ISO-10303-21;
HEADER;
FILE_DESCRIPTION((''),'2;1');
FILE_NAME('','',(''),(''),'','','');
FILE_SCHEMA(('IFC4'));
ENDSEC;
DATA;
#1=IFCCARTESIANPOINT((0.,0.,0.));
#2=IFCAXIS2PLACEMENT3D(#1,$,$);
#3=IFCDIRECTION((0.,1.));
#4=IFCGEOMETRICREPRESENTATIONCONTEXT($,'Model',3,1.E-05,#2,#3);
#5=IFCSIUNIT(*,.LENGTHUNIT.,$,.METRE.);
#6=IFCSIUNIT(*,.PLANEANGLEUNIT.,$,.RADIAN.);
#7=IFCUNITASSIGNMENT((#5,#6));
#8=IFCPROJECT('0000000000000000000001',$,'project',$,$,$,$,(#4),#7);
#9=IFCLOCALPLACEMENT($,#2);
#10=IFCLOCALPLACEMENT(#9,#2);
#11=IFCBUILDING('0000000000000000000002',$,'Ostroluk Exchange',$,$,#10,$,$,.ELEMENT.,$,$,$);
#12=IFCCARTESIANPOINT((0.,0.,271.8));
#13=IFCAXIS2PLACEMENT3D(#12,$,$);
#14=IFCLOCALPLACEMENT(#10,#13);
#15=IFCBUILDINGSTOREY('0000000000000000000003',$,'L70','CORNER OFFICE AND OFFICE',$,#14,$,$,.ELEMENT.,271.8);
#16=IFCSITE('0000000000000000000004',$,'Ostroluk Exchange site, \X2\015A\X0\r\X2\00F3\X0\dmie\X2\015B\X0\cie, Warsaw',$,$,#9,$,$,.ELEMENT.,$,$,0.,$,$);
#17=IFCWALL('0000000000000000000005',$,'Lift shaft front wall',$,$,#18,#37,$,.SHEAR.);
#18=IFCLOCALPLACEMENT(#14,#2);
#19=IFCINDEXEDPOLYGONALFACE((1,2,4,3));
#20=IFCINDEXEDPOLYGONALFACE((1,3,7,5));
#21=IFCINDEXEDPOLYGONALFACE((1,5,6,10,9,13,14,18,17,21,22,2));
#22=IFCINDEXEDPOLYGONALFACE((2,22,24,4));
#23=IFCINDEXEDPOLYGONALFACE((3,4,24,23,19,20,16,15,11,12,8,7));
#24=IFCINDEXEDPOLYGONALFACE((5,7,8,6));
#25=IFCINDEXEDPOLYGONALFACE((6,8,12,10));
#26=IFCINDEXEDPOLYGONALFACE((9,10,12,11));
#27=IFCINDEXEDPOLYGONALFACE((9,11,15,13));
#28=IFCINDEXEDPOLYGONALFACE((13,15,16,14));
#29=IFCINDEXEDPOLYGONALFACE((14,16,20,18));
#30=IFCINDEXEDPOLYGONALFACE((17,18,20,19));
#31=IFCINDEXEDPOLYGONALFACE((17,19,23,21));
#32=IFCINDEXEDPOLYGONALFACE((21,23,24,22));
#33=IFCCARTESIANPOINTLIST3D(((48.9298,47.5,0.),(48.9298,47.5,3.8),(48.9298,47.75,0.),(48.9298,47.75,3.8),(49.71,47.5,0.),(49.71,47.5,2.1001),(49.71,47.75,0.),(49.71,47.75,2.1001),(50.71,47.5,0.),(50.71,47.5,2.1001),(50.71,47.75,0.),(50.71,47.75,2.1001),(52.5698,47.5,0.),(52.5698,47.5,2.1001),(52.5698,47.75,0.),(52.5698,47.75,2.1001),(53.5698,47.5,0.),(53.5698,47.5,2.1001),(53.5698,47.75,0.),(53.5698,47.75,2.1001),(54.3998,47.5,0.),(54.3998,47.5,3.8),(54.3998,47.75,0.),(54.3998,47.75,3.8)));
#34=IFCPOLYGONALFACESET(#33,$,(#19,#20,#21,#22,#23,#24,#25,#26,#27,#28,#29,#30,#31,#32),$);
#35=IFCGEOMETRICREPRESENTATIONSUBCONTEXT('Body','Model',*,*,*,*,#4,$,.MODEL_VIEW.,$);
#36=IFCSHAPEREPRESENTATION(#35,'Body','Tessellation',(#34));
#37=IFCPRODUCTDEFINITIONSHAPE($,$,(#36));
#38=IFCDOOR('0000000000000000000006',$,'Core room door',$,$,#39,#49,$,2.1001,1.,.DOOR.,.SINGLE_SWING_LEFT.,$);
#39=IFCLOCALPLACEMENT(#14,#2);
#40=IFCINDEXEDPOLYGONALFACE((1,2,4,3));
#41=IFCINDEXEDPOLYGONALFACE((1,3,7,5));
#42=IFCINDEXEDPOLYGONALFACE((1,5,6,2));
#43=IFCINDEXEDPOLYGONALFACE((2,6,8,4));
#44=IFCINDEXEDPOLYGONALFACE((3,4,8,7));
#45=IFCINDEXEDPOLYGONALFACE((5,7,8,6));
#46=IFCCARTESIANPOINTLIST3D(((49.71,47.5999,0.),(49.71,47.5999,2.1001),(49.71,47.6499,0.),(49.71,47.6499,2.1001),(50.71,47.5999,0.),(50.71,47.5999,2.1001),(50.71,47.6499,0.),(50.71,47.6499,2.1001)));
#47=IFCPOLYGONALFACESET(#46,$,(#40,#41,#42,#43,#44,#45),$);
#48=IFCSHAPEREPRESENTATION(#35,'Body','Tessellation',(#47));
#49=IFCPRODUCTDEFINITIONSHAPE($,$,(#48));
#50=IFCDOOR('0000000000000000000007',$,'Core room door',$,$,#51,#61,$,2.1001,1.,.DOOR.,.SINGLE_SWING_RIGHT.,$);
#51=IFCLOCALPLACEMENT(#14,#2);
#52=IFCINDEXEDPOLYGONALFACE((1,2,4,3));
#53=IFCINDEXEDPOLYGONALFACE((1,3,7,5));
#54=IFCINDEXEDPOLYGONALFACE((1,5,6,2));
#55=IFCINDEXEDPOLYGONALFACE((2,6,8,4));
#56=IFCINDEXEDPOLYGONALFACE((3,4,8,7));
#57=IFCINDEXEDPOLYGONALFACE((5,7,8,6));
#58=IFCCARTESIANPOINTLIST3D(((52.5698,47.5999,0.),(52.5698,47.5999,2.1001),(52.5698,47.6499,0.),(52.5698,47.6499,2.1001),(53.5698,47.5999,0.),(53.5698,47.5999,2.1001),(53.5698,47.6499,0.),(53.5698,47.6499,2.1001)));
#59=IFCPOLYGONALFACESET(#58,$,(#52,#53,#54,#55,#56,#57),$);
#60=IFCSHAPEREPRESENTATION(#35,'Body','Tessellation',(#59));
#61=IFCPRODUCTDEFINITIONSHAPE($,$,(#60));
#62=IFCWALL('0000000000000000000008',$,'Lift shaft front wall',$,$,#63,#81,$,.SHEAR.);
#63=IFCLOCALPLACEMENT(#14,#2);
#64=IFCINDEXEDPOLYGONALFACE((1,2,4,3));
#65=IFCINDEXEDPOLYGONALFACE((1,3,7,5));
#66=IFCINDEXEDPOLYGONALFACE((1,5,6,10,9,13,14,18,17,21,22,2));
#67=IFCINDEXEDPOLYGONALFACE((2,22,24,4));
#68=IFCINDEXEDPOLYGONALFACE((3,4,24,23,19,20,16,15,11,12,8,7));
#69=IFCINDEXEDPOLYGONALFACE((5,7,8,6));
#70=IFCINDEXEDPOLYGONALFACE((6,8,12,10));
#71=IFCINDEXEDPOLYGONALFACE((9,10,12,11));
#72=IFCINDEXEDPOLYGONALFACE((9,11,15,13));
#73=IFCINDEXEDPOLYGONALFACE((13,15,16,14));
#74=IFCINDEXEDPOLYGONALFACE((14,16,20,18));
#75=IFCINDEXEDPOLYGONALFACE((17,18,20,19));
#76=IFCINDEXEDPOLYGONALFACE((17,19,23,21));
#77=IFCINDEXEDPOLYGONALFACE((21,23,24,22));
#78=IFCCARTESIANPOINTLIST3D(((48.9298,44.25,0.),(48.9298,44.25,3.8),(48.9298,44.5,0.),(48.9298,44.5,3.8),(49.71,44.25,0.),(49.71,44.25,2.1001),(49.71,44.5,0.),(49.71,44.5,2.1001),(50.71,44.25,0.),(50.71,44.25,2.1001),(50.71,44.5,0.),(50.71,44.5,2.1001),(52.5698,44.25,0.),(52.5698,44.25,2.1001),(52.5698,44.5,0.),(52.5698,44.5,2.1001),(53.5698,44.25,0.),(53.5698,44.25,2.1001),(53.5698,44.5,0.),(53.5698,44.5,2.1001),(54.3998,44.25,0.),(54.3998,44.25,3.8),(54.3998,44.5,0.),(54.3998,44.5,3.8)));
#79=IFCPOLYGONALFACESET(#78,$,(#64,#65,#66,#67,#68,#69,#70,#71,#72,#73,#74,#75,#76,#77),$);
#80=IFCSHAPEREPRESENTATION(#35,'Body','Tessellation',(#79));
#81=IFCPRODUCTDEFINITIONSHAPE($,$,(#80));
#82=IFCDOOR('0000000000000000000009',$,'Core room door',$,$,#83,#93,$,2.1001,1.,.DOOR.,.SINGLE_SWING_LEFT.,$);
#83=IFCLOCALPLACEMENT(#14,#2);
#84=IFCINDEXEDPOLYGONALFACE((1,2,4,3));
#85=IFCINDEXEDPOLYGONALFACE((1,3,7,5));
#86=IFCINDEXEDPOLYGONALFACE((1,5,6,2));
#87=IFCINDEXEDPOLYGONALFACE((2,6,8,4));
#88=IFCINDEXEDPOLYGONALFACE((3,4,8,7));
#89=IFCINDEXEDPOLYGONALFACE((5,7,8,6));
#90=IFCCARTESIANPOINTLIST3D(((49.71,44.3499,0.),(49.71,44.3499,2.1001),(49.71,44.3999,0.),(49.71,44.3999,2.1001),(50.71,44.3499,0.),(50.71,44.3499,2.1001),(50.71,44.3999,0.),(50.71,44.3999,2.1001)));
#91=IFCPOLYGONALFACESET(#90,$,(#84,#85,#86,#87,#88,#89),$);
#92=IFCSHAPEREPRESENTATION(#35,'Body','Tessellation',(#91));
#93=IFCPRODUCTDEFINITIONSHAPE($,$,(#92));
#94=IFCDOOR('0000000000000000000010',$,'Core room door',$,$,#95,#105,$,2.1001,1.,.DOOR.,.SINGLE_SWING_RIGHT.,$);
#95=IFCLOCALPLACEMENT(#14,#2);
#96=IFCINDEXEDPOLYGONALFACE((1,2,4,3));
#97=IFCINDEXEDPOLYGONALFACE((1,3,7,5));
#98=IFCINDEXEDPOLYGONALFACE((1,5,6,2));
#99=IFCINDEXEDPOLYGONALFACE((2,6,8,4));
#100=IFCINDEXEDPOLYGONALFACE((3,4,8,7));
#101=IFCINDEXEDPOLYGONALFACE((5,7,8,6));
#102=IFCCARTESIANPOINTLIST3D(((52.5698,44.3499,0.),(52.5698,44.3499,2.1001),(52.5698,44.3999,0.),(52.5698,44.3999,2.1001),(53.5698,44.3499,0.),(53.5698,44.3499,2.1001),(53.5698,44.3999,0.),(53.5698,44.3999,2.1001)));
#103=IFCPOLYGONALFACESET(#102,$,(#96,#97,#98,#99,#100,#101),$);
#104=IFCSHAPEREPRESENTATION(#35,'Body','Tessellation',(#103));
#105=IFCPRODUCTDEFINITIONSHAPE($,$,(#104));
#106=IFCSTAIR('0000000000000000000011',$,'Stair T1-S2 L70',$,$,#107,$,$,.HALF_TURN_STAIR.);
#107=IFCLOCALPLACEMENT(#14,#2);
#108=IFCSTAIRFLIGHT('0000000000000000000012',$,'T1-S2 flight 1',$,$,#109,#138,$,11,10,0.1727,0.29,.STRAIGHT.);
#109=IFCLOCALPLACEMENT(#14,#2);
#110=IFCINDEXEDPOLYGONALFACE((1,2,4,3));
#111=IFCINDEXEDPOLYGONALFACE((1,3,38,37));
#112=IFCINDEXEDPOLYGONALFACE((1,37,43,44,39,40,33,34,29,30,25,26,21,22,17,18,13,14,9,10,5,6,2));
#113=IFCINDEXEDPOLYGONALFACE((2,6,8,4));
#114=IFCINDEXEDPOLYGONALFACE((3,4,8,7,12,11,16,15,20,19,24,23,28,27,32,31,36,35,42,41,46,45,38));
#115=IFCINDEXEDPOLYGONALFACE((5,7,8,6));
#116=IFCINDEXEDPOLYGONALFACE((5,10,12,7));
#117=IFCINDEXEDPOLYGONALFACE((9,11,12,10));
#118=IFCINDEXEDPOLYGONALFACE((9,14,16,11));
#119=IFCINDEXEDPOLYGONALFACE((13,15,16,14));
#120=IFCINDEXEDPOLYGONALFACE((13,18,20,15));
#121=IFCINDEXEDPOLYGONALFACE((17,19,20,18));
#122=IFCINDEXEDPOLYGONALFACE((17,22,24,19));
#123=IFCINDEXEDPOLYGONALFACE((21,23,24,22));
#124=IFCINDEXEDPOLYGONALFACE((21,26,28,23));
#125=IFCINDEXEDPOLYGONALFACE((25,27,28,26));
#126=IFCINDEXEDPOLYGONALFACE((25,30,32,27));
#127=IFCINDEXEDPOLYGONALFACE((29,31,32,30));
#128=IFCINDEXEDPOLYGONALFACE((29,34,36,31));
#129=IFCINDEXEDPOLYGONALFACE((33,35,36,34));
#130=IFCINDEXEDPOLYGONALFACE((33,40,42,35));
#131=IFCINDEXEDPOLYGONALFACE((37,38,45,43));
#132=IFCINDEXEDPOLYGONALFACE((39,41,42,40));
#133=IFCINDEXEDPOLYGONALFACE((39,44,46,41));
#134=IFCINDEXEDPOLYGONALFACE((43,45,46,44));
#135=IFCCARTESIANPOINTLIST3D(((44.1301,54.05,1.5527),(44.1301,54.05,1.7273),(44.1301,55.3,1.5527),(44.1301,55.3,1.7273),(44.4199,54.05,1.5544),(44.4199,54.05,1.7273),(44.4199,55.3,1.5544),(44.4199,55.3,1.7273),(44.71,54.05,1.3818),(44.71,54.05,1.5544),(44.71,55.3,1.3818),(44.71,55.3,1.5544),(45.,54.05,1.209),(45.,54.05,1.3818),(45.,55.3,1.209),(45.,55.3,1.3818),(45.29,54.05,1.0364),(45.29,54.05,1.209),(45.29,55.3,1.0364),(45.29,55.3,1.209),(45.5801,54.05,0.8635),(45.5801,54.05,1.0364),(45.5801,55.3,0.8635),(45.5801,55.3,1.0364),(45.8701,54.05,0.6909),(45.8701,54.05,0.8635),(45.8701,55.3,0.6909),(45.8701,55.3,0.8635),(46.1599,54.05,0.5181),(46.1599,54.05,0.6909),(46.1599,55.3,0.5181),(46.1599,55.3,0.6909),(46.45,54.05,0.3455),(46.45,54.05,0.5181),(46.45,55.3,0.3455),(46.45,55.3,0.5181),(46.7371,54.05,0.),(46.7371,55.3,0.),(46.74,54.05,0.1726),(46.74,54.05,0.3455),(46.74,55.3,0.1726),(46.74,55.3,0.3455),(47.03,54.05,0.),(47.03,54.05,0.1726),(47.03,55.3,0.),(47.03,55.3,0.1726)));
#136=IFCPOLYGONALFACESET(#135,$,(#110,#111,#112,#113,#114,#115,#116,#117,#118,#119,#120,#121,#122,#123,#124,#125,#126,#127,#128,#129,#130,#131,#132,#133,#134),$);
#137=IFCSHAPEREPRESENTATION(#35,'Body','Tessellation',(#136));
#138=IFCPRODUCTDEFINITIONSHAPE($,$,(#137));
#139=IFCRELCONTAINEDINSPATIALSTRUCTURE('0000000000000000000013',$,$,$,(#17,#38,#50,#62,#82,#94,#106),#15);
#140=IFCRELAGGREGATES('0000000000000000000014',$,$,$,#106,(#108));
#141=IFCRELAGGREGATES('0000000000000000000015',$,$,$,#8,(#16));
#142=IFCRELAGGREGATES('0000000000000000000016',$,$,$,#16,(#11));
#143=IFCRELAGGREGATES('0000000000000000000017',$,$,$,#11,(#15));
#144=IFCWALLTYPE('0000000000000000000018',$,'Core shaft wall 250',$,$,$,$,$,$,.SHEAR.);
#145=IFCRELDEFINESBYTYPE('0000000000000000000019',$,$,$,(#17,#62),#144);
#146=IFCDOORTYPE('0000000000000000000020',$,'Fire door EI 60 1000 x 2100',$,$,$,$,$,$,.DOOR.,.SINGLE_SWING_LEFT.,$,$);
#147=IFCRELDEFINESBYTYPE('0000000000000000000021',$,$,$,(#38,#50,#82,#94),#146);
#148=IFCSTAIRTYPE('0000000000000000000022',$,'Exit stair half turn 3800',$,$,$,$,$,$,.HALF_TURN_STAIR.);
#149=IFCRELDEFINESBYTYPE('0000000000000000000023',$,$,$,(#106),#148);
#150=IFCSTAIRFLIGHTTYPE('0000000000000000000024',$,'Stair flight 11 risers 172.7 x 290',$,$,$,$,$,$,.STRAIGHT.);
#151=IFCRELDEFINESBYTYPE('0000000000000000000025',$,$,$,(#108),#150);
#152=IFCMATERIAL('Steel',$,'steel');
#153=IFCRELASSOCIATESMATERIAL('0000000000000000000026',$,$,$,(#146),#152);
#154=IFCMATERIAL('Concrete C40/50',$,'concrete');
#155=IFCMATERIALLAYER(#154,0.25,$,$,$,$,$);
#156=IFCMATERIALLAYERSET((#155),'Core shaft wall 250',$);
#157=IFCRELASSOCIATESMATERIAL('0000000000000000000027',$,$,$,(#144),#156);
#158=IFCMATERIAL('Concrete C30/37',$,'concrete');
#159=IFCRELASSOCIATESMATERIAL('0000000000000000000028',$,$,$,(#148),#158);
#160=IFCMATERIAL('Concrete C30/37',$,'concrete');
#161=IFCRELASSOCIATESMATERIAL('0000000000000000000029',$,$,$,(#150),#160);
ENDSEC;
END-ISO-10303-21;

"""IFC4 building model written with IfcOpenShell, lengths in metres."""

from ifc_helpers import new_model, si_unit, direction, frame, frame_2d, origin, place, context, subcontext, project, spatial, polyline, rectangle, outline, extrude, material, layer, layer_set, type_object, element, fill, aggregate, save


model = new_model("IFC4")

# Units and contexts
model_context = context("Model", 3, precision=1e-05, world=origin(), true_north=direction((0.0, 1.0)))
body_context = subcontext(model_context, "Body", "Model", "MODEL_VIEW")
ifc_project = project(units=[si_unit("LENGTHUNIT", "METRE"), si_unit("PLANEANGLEUNIT", "RADIAN")], contexts=[model_context])

# Site, building, storey
site_placement = place(None, origin())
site = spatial("IfcSite", under=ifc_project, at=site_placement, Name="Ostroluk Exchange site, Śródmieście, Warsaw", CompositionType="ELEMENT", RefElevation=0.0)
building_placement = place(site_placement, origin())
building = spatial("IfcBuilding", under=site, at=building_placement, Name="Ostroluk Exchange", CompositionType="ELEMENT")
storey_placement = place(building_placement, frame((0.0, 0.0, 271.8)))
storey = spatial("IfcBuildingStorey", under=building, at=storey_placement, Name="L70", Description="CORNER OFFICE AND OFFICE", CompositionType="ELEMENT", Elevation=271.8)

# Shared definitions
ifc_material_1 = material(Name="Steel", Category="steel")
door_type_1 = type_object("IfcDoorType", Name="Fire door EI 60 1000 x 2100", OperationType="SINGLE_SWING_LEFT", PredefinedType="DOOR", material=ifc_material_1)
ifc_material_2 = material(Name="Concrete C40/50", Category="concrete")
ifc_layer_1 = layer(ifc_material_2, 0.25)
ifc_layer_set_1 = layer_set([ifc_layer_1], Name="Core shaft wall 250")
wall_type_1 = type_object("IfcWallType", Name="Core shaft wall 250", PredefinedType="SHEAR", material=ifc_layer_set_1)

# Walls, openings, doors
wall_1_placement = place(storey_placement, frame((48.9299, 47.625, 0.0), z_axis=(0.0, 0.0, 1.0), x_axis=(1.0, 0.0, 0.0)))
wall_1 = element("IfcWall", 1, at=wall_1_placement, inside=storey, type_object=wall_type_1, Name="Lift shaft front wall", PredefinedType="SHEAR", context=body_context, shape_type="SweptSolid", body=[
    extrude(rectangle(XDim=5.47, YDim=0.25, at=frame_2d((2.7349, 0.0))), origin(), (0.0, 0.0, 1.0), 3.8),
])
opening_1_placement = place(wall_1_placement, frame((0.78, 0.0, 0.0)))
opening_1 = element("IfcOpeningElement", 2, at=opening_1_placement, cuts=wall_1, PredefinedType="OPENING", context=body_context, shape_type="SweptSolid", body=[
    extrude(rectangle(XDim=1.0, YDim=2.1001, at=frame_2d((0.5, 1.05))), frame((0.0, 0.135, 0.0), z_axis=(0.0, -1.0, 0.0), x_axis=(1.0, 0.0, 0.0)), (0.0, 0.0, 1.0), 0.27),
])
opening_2_placement = place(wall_1_placement, frame((3.6399, 0.0, 0.0)))
opening_2 = element("IfcOpeningElement", 3, at=opening_2_placement, cuts=wall_1, PredefinedType="OPENING", context=body_context, shape_type="SweptSolid", body=[
    extrude(rectangle(XDim=1.0, YDim=2.1001, at=frame_2d((0.5, 1.05))), frame((0.0, 0.135, 0.0), z_axis=(0.0, -1.0, 0.0), x_axis=(1.0, 0.0, 0.0)), (0.0, 0.0, 1.0), 0.27),
])
door_1_placement = place(opening_1_placement, origin())
door_1 = element("IfcDoor", 4, at=door_1_placement, inside=storey, type_object=door_type_1, Name="Core room door", OperationType="SINGLE_SWING_LEFT", OverallHeight=2.1001, OverallWidth=1.0, PredefinedType="DOOR", context=body_context, shape_type="SweptSolid", body=[
    extrude(rectangle(XDim=1.0, YDim=2.1001, at=frame_2d((0.5, 1.05))), frame((0.0, 0.0249, 0.0), z_axis=(0.0, -1.0, 0.0), x_axis=(1.0, 0.0, 0.0)), (0.0, 0.0, 1.0), 0.05),
])
fill(opening_1, door_1)
door_2_placement = place(opening_2_placement, origin())
door_2 = element("IfcDoor", 5, at=door_2_placement, inside=storey, type_object=door_type_1, Name="Core room door", OperationType="SINGLE_SWING_RIGHT", OverallHeight=2.1001, OverallWidth=1.0, PredefinedType="DOOR", context=body_context, shape_type="SweptSolid", body=[
    extrude(rectangle(XDim=1.0, YDim=2.1001, at=frame_2d((0.5, 1.05))), frame((0.0, 0.0249, 0.0), z_axis=(0.0, -1.0, 0.0), x_axis=(1.0, 0.0, 0.0)), (0.0, 0.0, 1.0), 0.05),
])
fill(opening_2, door_2)
wall_2_placement = place(storey_placement, frame((48.9299, 44.375, 0.0), z_axis=(0.0, 0.0, 1.0), x_axis=(1.0, 0.0, 0.0)))
wall_2 = element("IfcWall", 6, at=wall_2_placement, inside=storey, type_object=wall_type_1, Name="Lift shaft front wall", PredefinedType="SHEAR", context=body_context, shape_type="SweptSolid", body=[
    extrude(rectangle(XDim=5.47, YDim=0.25, at=frame_2d((2.7349, 0.0))), origin(), (0.0, 0.0, 1.0), 3.8),
])
opening_3_placement = place(wall_2_placement, frame((0.78, 0.0, 0.0)))
opening_3 = element("IfcOpeningElement", 7, at=opening_3_placement, cuts=wall_2, PredefinedType="OPENING", context=body_context, shape_type="SweptSolid", body=[
    extrude(rectangle(XDim=1.0, YDim=2.1001, at=frame_2d((0.5, 1.05))), frame((0.0, 0.135, 0.0), z_axis=(0.0, -1.0, 0.0), x_axis=(1.0, 0.0, 0.0)), (0.0, 0.0, 1.0), 0.27),
])
opening_4_placement = place(wall_2_placement, frame((3.6399, 0.0, 0.0)))
opening_4 = element("IfcOpeningElement", 8, at=opening_4_placement, cuts=wall_2, PredefinedType="OPENING", context=body_context, shape_type="SweptSolid", body=[
    extrude(rectangle(XDim=1.0, YDim=2.1001, at=frame_2d((0.5, 1.05))), frame((0.0, 0.135, 0.0), z_axis=(0.0, -1.0, 0.0), x_axis=(1.0, 0.0, 0.0)), (0.0, 0.0, 1.0), 0.27),
])
door_3_placement = place(opening_3_placement, origin())
door_3 = element("IfcDoor", 9, at=door_3_placement, inside=storey, type_object=door_type_1, Name="Core room door", OperationType="SINGLE_SWING_LEFT", OverallHeight=2.1001, OverallWidth=1.0, PredefinedType="DOOR", context=body_context, shape_type="SweptSolid", body=[
    extrude(rectangle(XDim=1.0, YDim=2.1001, at=frame_2d((0.5, 1.05))), frame((0.0, 0.0249, 0.0), z_axis=(0.0, -1.0, 0.0), x_axis=(1.0, 0.0, 0.0)), (0.0, 0.0, 1.0), 0.05),
])
fill(opening_3, door_3)
door_4_placement = place(opening_4_placement, origin())
door_4 = element("IfcDoor", 10, at=door_4_placement, inside=storey, type_object=door_type_1, Name="Core room door", OperationType="SINGLE_SWING_RIGHT", OverallHeight=2.1001, OverallWidth=1.0, PredefinedType="DOOR", context=body_context, shape_type="SweptSolid", body=[
    extrude(rectangle(XDim=1.0, YDim=2.1001, at=frame_2d((0.5, 1.05))), frame((0.0, 0.0249, 0.0), z_axis=(0.0, -1.0, 0.0), x_axis=(1.0, 0.0, 0.0)), (0.0, 0.0, 1.0), 0.05),
])
fill(opening_4, door_4)

# Stair, stair flight
ifc_material_3 = material(Name="Concrete C30/37", Category="concrete")
stair_type = type_object("IfcStairType", Name="Exit stair half turn 3800", PredefinedType="HALF_TURN_STAIR", material=ifc_material_3)
stair_placement = place(storey_placement, origin())
stair = element("IfcStair", 11, at=stair_placement, inside=storey, type_object=stair_type, Name="Stair T1-S2 L70", PredefinedType="HALF_TURN_STAIR")
ifc_material_4 = material(Name="Concrete C30/37", Category="concrete")
stair_flight_type = type_object("IfcStairFlightType", Name="Stair flight 11 risers 172.7 x 290", PredefinedType="STRAIGHT", material=ifc_material_4)
stair_flight_placement = place(storey_placement, frame((47.03, 54.675, 0.0), z_axis=(0.0, 0.0, 1.0), x_axis=(-1.0, 0.0, 0.0)))
stair_flight = element("IfcStairFlight", 12, at=stair_flight_placement, type_object=stair_flight_type, Name="T1-S2 flight 1", NumberOfRisers=11, NumberOfTreads=10, PredefinedType="STRAIGHT", RiserHeight=0.1727, TreadLength=0.29, context=body_context, shape_type="SweptSolid", body=[
    extrude(outline(polyline([(0.0, 0.0), (0.0, 0.1726), (0.29, 0.1726), (0.29, 0.3455), (0.5801, 0.3455), (0.5801, 0.5181), (0.8701, 0.5181), (0.8701, 0.6909), (1.1599, 0.6909), (1.1599, 0.8635), (1.45, 0.8635), (1.45, 1.0364), (1.74, 1.0364), (1.74, 1.209), (2.03, 1.209), (2.03, 1.3818), (2.3201, 1.3818), (2.3201, 1.5544), (2.6101, 1.5544), (2.6101, 1.7273), (2.8999, 1.7273), (2.8999, 1.8999), (2.8999, 1.5527), (0.293, 0.0), (0.0, 0.0)])), frame((0.0, 0.625, 0.0), z_axis=(0.0, -1.0, 0.0), x_axis=(1.0, 0.0, 0.0)), (0.0, 0.0, 1.0), 1.25),
])
aggregate(stair, [stair_flight])

save(model, "model.ifc")
